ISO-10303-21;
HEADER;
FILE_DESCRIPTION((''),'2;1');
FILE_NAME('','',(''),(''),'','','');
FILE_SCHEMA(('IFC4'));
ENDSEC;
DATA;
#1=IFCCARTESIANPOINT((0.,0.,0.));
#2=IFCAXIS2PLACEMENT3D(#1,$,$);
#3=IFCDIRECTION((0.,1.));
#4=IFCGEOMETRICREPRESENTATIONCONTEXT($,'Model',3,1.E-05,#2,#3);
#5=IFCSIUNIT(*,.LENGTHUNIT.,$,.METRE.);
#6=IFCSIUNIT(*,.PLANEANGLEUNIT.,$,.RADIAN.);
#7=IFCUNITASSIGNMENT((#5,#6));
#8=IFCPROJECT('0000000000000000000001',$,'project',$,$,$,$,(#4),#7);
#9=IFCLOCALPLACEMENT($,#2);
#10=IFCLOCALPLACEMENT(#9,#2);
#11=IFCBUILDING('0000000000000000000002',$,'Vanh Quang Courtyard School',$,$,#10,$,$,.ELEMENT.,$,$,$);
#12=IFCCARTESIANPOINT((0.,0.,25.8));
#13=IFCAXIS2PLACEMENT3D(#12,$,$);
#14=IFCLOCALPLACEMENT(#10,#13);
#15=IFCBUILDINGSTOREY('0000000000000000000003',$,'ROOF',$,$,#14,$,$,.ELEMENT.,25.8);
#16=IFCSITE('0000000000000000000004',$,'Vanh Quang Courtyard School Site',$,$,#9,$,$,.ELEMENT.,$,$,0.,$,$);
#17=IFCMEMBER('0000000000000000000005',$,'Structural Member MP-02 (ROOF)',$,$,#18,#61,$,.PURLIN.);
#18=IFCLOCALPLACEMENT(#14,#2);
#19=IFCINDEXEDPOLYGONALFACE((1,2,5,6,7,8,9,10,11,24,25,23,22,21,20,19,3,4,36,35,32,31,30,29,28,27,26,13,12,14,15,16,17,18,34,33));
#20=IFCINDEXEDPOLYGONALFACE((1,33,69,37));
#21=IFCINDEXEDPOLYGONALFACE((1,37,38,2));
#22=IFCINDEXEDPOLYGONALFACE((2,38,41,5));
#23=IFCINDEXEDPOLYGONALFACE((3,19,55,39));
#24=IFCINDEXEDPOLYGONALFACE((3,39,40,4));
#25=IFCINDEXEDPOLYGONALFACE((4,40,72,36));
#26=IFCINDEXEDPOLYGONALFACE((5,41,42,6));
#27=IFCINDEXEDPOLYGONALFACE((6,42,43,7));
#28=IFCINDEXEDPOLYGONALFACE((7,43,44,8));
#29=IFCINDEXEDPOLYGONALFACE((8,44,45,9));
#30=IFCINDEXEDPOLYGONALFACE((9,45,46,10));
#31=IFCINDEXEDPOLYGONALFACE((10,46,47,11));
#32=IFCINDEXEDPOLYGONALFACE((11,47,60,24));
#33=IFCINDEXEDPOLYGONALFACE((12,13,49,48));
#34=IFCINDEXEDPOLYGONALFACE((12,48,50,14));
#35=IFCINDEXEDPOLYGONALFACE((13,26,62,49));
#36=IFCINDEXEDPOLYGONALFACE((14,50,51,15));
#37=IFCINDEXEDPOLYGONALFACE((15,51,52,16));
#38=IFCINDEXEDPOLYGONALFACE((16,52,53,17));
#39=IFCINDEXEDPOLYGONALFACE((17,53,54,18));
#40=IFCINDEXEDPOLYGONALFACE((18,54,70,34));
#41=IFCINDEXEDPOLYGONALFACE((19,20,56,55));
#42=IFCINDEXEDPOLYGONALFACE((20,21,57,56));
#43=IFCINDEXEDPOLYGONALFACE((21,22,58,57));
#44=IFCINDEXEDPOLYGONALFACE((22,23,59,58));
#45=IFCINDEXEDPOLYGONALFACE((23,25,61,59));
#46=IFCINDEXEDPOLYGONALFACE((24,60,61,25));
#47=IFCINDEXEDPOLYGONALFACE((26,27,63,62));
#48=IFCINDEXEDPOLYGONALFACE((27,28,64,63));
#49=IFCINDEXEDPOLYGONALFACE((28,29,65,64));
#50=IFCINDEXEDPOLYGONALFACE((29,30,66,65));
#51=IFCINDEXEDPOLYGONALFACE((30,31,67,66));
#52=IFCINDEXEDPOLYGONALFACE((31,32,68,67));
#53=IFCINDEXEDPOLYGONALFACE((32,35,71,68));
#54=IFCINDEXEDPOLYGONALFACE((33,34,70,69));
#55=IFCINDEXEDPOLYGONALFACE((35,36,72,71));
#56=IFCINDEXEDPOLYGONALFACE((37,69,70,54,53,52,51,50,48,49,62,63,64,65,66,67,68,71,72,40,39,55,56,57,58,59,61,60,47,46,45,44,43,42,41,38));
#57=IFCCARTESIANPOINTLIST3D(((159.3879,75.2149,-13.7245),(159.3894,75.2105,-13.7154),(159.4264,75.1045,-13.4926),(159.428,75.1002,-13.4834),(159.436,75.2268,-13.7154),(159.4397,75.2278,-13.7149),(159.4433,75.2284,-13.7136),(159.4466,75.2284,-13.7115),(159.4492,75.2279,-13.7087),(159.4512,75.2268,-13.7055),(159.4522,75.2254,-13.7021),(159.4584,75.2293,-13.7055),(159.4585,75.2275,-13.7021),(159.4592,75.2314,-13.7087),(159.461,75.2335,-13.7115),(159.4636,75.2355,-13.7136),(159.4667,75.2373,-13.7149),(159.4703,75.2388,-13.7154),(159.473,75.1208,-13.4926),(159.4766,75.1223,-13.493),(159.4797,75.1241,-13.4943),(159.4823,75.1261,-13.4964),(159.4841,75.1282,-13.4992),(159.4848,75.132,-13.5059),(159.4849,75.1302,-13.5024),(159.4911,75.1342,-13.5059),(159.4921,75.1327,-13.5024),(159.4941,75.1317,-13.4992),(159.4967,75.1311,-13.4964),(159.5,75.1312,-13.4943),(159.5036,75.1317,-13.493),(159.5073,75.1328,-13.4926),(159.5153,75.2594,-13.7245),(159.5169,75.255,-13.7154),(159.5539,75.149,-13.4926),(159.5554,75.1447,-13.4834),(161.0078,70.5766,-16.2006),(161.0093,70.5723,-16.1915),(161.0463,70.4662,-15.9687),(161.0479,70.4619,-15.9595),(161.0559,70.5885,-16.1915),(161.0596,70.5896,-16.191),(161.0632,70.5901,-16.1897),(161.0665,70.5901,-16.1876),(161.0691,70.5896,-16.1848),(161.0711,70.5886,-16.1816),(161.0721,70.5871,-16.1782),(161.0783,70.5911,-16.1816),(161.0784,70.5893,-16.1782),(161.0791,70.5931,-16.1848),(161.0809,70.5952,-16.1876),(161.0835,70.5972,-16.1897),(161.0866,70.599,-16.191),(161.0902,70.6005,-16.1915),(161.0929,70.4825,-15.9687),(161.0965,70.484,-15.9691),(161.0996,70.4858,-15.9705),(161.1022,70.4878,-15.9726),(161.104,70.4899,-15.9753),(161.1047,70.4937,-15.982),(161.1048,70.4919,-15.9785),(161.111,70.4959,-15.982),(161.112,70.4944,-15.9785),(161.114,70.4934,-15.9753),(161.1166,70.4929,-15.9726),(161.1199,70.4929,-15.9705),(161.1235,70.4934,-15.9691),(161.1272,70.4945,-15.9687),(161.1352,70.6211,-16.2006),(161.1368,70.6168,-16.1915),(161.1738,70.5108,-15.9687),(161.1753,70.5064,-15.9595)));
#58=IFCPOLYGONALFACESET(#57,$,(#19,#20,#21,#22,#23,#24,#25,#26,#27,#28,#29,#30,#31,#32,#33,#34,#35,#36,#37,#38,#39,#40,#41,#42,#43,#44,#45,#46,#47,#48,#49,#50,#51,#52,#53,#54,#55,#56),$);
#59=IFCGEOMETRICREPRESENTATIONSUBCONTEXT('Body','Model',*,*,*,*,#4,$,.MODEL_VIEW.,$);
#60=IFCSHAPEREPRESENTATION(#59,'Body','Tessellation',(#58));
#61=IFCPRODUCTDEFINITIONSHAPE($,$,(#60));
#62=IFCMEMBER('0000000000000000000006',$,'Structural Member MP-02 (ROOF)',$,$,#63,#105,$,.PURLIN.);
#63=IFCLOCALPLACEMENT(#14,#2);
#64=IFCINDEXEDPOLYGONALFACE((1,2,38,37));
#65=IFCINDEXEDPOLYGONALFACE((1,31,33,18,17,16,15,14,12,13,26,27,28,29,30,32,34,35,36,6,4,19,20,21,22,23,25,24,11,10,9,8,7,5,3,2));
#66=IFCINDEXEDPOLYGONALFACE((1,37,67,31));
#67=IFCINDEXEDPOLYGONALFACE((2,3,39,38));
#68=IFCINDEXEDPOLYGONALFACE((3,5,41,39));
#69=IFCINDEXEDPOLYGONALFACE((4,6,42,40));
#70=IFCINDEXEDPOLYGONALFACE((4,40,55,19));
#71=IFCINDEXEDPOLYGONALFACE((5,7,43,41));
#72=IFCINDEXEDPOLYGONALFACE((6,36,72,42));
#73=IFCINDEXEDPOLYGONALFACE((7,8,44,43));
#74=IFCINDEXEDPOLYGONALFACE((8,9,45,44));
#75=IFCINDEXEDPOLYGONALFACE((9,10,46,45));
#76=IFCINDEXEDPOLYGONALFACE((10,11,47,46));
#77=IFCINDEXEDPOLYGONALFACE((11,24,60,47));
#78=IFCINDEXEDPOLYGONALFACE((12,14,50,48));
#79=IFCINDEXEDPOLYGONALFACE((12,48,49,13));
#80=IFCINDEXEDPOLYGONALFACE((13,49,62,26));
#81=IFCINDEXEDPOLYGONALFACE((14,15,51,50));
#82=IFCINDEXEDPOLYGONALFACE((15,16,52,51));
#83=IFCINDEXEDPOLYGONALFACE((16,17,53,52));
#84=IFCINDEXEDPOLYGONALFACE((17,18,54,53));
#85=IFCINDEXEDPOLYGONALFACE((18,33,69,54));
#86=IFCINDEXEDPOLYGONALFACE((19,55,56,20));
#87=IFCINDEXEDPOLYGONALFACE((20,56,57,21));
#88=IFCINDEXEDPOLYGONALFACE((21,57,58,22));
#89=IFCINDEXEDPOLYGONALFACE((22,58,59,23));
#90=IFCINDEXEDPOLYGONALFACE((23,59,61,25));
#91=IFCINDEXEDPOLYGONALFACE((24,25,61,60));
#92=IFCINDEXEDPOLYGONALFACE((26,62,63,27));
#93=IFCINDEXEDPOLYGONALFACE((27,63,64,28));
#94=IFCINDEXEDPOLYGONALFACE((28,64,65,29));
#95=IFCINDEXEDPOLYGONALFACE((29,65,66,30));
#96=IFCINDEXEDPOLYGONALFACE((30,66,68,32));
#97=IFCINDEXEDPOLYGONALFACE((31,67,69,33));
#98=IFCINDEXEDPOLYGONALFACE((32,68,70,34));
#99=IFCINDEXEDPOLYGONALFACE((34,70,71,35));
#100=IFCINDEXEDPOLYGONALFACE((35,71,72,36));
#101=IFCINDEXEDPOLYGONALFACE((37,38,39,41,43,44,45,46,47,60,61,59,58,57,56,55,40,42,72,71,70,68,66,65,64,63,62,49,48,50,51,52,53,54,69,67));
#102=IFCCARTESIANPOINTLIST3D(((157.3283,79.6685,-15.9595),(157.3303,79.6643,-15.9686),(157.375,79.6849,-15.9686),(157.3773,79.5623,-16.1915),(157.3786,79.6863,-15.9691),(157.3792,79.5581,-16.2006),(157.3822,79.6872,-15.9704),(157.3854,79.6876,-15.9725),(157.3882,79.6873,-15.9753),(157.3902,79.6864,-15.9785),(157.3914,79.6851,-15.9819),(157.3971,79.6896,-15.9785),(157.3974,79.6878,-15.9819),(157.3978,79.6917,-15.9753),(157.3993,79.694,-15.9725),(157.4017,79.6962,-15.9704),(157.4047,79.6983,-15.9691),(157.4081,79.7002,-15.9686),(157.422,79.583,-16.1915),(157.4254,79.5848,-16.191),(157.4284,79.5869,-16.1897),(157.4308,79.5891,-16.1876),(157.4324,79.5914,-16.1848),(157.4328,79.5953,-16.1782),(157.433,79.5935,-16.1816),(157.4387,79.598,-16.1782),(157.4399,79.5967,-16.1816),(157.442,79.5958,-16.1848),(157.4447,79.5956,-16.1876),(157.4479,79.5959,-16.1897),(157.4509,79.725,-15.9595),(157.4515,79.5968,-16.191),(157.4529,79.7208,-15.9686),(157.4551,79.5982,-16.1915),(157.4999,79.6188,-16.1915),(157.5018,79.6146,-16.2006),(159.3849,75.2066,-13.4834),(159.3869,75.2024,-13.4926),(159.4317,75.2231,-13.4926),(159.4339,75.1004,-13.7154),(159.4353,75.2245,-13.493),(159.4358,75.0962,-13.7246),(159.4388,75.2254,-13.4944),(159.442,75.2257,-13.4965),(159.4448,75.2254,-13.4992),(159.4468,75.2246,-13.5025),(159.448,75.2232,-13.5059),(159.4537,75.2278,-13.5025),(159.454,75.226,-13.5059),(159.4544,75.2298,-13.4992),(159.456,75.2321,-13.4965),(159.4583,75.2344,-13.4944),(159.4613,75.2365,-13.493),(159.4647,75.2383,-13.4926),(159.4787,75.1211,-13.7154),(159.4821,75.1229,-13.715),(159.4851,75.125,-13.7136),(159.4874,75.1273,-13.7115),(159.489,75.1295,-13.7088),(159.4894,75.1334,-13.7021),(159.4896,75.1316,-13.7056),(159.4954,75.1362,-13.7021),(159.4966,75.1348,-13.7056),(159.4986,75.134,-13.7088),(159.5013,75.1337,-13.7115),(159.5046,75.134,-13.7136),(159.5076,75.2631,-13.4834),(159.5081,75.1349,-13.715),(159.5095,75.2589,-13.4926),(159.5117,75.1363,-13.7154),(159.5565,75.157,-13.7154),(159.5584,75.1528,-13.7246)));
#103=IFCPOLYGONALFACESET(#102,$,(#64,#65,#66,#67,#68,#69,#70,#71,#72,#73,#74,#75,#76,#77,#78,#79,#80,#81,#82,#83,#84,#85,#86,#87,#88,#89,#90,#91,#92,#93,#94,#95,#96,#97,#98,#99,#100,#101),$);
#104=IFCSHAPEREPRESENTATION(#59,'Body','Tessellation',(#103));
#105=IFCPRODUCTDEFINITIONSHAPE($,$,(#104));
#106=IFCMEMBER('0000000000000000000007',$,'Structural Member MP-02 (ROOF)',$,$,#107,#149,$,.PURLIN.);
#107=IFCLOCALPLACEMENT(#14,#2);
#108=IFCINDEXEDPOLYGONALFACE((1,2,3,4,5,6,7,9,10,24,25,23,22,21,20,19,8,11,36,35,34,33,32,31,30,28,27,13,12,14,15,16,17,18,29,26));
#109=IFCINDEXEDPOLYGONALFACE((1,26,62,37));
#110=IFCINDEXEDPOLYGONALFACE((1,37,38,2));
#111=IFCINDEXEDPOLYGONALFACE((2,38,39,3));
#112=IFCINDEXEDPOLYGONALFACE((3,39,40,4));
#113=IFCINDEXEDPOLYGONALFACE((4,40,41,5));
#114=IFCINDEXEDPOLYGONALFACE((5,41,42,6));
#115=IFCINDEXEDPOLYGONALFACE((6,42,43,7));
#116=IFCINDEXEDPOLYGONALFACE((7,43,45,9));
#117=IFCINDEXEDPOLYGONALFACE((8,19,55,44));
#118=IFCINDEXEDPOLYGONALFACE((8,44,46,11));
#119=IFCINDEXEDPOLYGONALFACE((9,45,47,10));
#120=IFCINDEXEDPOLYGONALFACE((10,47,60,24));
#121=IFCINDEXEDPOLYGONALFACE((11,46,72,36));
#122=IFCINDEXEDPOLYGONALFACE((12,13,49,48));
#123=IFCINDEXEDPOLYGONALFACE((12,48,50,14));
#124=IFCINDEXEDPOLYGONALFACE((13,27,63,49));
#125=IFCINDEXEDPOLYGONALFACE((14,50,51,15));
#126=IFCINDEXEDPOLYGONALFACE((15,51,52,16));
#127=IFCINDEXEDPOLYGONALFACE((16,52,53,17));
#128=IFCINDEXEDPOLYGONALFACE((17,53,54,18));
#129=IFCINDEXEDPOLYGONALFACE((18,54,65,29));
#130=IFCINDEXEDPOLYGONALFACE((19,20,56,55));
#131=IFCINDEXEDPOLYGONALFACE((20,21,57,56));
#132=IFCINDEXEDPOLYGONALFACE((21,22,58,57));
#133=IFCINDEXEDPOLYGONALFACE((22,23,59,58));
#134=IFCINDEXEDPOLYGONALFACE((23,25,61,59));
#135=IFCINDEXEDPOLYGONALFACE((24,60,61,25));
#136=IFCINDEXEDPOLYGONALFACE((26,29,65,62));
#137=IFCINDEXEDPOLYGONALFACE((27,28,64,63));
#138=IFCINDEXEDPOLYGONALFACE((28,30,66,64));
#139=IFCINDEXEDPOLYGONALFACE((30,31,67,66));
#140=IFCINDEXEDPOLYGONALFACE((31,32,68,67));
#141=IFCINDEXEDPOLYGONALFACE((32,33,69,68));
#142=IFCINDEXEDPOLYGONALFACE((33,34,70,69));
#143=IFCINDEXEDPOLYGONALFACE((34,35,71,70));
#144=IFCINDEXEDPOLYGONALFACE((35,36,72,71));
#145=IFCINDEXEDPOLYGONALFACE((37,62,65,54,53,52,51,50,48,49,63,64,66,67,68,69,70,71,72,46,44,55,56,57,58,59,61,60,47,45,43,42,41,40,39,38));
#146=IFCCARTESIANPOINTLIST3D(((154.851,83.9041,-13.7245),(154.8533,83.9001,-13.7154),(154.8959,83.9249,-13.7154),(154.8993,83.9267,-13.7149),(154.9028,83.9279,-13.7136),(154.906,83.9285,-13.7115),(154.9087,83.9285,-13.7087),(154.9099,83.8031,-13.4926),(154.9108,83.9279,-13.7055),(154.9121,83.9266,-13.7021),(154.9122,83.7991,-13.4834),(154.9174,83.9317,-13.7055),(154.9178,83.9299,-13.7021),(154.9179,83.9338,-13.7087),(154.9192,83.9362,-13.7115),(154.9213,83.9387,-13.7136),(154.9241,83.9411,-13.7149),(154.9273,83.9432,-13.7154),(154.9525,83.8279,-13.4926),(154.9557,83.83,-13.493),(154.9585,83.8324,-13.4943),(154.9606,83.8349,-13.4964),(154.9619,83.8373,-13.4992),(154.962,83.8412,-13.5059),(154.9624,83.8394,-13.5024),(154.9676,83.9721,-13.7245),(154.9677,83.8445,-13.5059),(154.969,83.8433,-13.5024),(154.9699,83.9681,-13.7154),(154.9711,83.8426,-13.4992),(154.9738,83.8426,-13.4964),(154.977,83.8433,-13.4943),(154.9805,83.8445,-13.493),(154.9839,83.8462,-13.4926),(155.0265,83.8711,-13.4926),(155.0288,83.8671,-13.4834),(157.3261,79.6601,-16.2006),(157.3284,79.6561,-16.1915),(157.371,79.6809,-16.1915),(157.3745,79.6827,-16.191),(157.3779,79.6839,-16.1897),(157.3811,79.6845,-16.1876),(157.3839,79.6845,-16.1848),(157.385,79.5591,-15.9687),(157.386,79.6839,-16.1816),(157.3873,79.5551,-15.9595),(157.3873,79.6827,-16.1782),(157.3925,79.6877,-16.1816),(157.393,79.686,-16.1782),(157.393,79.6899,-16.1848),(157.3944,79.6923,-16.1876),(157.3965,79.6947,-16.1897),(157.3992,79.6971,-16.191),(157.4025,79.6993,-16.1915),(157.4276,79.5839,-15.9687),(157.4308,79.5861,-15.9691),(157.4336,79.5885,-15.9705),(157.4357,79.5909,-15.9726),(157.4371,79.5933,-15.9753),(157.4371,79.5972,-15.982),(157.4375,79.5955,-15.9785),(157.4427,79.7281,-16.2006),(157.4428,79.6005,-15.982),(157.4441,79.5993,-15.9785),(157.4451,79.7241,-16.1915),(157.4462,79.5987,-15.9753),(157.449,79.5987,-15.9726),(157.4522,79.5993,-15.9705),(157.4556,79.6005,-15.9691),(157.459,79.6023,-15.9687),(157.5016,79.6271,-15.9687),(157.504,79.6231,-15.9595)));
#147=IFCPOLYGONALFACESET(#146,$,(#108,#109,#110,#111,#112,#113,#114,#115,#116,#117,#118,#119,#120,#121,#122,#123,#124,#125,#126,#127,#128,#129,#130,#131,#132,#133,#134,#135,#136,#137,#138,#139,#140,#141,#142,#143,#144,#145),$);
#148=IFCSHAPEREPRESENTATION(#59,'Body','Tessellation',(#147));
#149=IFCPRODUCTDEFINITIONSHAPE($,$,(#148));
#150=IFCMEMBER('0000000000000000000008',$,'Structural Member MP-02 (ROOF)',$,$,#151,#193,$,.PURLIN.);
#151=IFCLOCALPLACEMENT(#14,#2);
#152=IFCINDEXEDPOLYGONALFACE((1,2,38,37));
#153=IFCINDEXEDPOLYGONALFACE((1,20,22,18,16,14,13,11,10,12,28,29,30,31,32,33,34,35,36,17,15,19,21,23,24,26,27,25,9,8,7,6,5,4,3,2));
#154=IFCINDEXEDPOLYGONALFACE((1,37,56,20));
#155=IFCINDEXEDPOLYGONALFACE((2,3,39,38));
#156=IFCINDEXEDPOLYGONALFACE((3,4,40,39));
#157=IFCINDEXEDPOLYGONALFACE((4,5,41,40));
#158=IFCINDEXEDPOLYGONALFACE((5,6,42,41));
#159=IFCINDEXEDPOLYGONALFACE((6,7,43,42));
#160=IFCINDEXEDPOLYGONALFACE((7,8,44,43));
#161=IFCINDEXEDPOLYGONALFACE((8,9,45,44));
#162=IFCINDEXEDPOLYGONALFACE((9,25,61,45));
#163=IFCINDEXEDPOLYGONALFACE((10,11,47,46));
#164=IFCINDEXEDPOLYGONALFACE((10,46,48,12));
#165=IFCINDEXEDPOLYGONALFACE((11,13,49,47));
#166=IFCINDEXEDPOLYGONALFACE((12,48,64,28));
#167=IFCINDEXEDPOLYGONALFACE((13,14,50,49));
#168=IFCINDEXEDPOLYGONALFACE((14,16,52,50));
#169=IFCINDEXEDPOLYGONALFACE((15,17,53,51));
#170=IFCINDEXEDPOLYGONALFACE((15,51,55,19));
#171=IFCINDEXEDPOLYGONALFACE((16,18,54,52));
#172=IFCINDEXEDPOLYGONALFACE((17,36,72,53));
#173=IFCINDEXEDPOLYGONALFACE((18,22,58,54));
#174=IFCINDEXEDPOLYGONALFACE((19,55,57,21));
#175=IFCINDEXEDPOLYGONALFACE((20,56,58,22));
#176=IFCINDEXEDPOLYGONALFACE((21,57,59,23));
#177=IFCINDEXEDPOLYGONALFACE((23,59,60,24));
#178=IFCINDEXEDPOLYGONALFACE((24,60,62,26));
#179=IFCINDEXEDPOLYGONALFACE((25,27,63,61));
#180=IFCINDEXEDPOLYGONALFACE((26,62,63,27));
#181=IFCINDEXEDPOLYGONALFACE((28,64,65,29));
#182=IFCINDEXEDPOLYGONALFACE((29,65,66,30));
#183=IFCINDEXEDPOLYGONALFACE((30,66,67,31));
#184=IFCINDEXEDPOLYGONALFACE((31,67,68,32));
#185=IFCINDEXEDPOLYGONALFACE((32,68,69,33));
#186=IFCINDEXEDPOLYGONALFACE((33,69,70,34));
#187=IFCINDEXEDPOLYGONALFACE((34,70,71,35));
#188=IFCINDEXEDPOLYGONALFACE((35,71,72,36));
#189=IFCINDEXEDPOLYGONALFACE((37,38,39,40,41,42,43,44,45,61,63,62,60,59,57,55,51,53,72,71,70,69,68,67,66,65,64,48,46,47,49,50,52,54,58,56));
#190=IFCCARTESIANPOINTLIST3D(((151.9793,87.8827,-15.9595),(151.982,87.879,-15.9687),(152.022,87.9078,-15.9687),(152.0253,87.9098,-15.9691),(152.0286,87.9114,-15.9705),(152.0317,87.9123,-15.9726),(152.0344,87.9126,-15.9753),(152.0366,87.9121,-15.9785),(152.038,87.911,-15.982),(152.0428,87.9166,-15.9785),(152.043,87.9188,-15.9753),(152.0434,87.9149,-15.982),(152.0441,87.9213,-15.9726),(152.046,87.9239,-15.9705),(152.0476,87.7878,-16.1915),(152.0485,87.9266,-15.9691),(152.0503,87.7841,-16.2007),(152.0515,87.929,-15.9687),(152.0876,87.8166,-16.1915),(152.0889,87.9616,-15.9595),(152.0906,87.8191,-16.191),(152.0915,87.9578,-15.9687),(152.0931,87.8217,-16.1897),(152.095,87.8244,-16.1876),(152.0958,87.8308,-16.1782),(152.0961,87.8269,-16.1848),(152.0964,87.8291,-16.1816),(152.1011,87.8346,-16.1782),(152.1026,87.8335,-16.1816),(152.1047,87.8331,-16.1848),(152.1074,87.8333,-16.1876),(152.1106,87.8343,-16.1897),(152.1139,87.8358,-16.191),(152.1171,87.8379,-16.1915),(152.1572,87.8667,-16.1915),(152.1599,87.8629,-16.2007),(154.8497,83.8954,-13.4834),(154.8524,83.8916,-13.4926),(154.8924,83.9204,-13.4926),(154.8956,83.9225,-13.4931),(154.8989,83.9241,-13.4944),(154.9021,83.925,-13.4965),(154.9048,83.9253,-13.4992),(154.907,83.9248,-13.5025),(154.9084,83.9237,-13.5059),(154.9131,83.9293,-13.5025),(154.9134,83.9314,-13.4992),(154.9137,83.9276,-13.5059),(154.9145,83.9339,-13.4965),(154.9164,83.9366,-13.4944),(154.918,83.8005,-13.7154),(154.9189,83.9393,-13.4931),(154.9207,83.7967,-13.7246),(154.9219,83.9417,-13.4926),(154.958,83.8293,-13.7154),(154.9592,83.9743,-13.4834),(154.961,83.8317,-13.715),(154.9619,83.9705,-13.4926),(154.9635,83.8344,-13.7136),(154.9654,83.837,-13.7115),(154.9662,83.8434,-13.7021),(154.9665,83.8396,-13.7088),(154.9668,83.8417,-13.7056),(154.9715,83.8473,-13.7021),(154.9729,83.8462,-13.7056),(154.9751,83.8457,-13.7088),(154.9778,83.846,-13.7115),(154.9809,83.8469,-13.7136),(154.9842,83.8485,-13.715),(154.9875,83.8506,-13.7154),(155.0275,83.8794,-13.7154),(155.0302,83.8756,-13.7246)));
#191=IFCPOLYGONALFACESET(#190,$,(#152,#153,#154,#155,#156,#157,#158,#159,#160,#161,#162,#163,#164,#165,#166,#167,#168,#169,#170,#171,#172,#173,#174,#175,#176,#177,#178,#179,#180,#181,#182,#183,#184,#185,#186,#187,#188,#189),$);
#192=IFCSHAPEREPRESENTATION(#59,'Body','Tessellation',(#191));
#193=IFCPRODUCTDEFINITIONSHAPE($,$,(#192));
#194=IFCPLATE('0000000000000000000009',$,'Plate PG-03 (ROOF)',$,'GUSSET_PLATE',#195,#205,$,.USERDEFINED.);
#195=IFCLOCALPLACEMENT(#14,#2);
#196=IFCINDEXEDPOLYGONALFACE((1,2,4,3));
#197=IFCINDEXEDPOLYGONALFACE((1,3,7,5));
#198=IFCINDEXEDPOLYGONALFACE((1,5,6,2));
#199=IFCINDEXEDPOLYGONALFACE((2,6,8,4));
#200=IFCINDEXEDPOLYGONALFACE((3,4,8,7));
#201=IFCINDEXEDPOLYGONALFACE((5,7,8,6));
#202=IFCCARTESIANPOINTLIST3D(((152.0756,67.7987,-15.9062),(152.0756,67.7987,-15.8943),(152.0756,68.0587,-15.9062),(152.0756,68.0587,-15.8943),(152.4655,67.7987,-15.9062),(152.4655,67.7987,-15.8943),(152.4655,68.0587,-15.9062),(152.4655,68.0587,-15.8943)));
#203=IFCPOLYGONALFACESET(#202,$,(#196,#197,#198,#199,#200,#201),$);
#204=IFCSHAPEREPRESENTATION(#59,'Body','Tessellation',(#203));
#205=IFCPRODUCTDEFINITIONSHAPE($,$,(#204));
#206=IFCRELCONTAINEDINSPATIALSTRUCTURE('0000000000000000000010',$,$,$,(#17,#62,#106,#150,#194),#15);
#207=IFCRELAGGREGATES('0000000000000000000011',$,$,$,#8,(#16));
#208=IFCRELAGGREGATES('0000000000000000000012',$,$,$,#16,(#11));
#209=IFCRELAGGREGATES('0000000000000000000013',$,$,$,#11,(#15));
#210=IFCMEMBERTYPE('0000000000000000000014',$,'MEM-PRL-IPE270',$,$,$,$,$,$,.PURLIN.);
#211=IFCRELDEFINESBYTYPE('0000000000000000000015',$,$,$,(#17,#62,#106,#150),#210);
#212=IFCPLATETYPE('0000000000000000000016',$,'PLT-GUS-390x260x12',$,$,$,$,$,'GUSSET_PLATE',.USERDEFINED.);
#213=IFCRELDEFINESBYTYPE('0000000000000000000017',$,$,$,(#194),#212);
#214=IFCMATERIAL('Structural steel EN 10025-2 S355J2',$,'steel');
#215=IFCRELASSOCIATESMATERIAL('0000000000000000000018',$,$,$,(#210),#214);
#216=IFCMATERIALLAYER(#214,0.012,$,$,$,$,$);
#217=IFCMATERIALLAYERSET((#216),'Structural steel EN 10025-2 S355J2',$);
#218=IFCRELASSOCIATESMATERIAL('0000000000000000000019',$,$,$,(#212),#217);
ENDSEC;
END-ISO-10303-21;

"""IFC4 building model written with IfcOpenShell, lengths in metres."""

from ifc_helpers import new_model, si_unit, direction, frame, origin, origin_2d, place, context, subcontext, project, spatial, rectangle, i_section, extrude, material, layer, layer_set, material_profile, profile_set, type_object, element, save


model = new_model("IFC4")

# Units and contexts
model_context = context("Model", 3, precision=1e-05, world=origin(), true_north=direction((0.0, 1.0)))
body_context = subcontext(model_context, "Body", "Model", "MODEL_VIEW")
ifc_project = project(units=[si_unit("LENGTHUNIT", "METRE"), si_unit("PLANEANGLEUNIT", "RADIAN")], contexts=[model_context])

# Site, building, storey
site_placement = place(None, origin())
site = spatial("IfcSite", under=ifc_project, at=site_placement, Name="Vanh Quang Courtyard School Site", CompositionType="ELEMENT", RefElevation=0.0)
building_placement = place(site_placement, origin())
building = spatial("IfcBuilding", under=site, at=building_placement, Name="Vanh Quang Courtyard School", CompositionType="ELEMENT")
storey_placement = place(building_placement, frame((0.0, 0.0, 25.8)))
storey = spatial("IfcBuildingStorey", under=building, at=storey_placement, Name="ROOF", CompositionType="ELEMENT", Elevation=25.8)

# Shared definitions
ifc_material_1 = material(Name="Structural steel EN 10025-2 S355J2", Category="steel")

# Members
ifc_material_profile_1 = material_profile(ifc_material_1, i_section(OverallWidth=0.135, OverallDepth=0.27, WebThickness=0.0066, FlangeThickness=0.0103, FilletRadius=0.0149, at=origin_2d()), Name="IPE 270")
ifc_profile_set_1 = profile_set([ifc_material_profile_1], Name="Structural steel EN 10025-2 S355J2")
member_type_1 = type_object("IfcMemberType", Name="MEM-PRL-IPE270", PredefinedType="PURLIN", material=ifc_profile_set_1)
for number, where, z_axis, x_axis, name in (
    (1, (161.0916, 70.5415, -16.0801), (-0.294436, 0.84306, 0.450064), (-0.94408, -0.329717, 0.0), "Structural Member MP-02 (ROOF)"),
    (2, (159.4717, 75.1797, -13.604), (-0.373815, 0.810997, -0.450051), (-0.908169, -0.418604, 0.0), "Structural Member MP-02 (ROOF)"),
    (3, (157.415, 79.6416, -16.0801), (-0.449886, 0.771392, 0.450064), (-0.863824, -0.503794, 0.0), "Structural Member MP-02 (ROOF)"),
    (4, (154.9399, 83.8855, -13.604), (-0.521724, 0.724743, -0.450058), (-0.811582, -0.584238, 0.0), "Structural Member MP-02 (ROOF)"),
):
    element("IfcMember", number, at=place(storey_placement, frame(where, z_axis=z_axis, x_axis=x_axis)), inside=storey, type_object=member_type_1, Name=name, PredefinedType="PURLIN", context=body_context, shape_type="SweptSolid", body=[
        extrude(i_section(OverallWidth=0.135, OverallDepth=0.27, WebThickness=0.0066, FlangeThickness=0.0103, FilletRadius=0.0149, at=origin_2d()), origin(), (0.0, 0.0, 1.0), 5.5017),
    ])

# Plate
ifc_layer_1 = layer(ifc_material_1, 0.012)
ifc_layer_set_1 = layer_set([ifc_layer_1], Name="Structural steel EN 10025-2 S355J2")
plate_type_1 = type_object("IfcPlateType", Name="PLT-GUS-390x260x12", ElementType="GUSSET_PLATE", PredefinedType="USERDEFINED", material=ifc_layer_set_1)
for number, where, z_axis, x_axis, name in (
    (5, (152.2705, 67.9287, -15.9062), (0.0, 0.0, 1.0), (1.0, 0.0, 0.0), "Plate PG-03 (ROOF)"),
):
    element("IfcPlate", number, at=place(storey_placement, frame(where, z_axis=z_axis, x_axis=x_axis)), inside=storey, type_object=plate_type_1, Name=name, ObjectType="GUSSET_PLATE", PredefinedType="USERDEFINED", context=body_context, shape_type="SweptSolid", body=[
        extrude(rectangle(XDim=0.3899, YDim=0.26, at=origin_2d()), origin(), (0.0, 0.0, 1.0), 0.012),
    ])

save(model, "model.ifc")
